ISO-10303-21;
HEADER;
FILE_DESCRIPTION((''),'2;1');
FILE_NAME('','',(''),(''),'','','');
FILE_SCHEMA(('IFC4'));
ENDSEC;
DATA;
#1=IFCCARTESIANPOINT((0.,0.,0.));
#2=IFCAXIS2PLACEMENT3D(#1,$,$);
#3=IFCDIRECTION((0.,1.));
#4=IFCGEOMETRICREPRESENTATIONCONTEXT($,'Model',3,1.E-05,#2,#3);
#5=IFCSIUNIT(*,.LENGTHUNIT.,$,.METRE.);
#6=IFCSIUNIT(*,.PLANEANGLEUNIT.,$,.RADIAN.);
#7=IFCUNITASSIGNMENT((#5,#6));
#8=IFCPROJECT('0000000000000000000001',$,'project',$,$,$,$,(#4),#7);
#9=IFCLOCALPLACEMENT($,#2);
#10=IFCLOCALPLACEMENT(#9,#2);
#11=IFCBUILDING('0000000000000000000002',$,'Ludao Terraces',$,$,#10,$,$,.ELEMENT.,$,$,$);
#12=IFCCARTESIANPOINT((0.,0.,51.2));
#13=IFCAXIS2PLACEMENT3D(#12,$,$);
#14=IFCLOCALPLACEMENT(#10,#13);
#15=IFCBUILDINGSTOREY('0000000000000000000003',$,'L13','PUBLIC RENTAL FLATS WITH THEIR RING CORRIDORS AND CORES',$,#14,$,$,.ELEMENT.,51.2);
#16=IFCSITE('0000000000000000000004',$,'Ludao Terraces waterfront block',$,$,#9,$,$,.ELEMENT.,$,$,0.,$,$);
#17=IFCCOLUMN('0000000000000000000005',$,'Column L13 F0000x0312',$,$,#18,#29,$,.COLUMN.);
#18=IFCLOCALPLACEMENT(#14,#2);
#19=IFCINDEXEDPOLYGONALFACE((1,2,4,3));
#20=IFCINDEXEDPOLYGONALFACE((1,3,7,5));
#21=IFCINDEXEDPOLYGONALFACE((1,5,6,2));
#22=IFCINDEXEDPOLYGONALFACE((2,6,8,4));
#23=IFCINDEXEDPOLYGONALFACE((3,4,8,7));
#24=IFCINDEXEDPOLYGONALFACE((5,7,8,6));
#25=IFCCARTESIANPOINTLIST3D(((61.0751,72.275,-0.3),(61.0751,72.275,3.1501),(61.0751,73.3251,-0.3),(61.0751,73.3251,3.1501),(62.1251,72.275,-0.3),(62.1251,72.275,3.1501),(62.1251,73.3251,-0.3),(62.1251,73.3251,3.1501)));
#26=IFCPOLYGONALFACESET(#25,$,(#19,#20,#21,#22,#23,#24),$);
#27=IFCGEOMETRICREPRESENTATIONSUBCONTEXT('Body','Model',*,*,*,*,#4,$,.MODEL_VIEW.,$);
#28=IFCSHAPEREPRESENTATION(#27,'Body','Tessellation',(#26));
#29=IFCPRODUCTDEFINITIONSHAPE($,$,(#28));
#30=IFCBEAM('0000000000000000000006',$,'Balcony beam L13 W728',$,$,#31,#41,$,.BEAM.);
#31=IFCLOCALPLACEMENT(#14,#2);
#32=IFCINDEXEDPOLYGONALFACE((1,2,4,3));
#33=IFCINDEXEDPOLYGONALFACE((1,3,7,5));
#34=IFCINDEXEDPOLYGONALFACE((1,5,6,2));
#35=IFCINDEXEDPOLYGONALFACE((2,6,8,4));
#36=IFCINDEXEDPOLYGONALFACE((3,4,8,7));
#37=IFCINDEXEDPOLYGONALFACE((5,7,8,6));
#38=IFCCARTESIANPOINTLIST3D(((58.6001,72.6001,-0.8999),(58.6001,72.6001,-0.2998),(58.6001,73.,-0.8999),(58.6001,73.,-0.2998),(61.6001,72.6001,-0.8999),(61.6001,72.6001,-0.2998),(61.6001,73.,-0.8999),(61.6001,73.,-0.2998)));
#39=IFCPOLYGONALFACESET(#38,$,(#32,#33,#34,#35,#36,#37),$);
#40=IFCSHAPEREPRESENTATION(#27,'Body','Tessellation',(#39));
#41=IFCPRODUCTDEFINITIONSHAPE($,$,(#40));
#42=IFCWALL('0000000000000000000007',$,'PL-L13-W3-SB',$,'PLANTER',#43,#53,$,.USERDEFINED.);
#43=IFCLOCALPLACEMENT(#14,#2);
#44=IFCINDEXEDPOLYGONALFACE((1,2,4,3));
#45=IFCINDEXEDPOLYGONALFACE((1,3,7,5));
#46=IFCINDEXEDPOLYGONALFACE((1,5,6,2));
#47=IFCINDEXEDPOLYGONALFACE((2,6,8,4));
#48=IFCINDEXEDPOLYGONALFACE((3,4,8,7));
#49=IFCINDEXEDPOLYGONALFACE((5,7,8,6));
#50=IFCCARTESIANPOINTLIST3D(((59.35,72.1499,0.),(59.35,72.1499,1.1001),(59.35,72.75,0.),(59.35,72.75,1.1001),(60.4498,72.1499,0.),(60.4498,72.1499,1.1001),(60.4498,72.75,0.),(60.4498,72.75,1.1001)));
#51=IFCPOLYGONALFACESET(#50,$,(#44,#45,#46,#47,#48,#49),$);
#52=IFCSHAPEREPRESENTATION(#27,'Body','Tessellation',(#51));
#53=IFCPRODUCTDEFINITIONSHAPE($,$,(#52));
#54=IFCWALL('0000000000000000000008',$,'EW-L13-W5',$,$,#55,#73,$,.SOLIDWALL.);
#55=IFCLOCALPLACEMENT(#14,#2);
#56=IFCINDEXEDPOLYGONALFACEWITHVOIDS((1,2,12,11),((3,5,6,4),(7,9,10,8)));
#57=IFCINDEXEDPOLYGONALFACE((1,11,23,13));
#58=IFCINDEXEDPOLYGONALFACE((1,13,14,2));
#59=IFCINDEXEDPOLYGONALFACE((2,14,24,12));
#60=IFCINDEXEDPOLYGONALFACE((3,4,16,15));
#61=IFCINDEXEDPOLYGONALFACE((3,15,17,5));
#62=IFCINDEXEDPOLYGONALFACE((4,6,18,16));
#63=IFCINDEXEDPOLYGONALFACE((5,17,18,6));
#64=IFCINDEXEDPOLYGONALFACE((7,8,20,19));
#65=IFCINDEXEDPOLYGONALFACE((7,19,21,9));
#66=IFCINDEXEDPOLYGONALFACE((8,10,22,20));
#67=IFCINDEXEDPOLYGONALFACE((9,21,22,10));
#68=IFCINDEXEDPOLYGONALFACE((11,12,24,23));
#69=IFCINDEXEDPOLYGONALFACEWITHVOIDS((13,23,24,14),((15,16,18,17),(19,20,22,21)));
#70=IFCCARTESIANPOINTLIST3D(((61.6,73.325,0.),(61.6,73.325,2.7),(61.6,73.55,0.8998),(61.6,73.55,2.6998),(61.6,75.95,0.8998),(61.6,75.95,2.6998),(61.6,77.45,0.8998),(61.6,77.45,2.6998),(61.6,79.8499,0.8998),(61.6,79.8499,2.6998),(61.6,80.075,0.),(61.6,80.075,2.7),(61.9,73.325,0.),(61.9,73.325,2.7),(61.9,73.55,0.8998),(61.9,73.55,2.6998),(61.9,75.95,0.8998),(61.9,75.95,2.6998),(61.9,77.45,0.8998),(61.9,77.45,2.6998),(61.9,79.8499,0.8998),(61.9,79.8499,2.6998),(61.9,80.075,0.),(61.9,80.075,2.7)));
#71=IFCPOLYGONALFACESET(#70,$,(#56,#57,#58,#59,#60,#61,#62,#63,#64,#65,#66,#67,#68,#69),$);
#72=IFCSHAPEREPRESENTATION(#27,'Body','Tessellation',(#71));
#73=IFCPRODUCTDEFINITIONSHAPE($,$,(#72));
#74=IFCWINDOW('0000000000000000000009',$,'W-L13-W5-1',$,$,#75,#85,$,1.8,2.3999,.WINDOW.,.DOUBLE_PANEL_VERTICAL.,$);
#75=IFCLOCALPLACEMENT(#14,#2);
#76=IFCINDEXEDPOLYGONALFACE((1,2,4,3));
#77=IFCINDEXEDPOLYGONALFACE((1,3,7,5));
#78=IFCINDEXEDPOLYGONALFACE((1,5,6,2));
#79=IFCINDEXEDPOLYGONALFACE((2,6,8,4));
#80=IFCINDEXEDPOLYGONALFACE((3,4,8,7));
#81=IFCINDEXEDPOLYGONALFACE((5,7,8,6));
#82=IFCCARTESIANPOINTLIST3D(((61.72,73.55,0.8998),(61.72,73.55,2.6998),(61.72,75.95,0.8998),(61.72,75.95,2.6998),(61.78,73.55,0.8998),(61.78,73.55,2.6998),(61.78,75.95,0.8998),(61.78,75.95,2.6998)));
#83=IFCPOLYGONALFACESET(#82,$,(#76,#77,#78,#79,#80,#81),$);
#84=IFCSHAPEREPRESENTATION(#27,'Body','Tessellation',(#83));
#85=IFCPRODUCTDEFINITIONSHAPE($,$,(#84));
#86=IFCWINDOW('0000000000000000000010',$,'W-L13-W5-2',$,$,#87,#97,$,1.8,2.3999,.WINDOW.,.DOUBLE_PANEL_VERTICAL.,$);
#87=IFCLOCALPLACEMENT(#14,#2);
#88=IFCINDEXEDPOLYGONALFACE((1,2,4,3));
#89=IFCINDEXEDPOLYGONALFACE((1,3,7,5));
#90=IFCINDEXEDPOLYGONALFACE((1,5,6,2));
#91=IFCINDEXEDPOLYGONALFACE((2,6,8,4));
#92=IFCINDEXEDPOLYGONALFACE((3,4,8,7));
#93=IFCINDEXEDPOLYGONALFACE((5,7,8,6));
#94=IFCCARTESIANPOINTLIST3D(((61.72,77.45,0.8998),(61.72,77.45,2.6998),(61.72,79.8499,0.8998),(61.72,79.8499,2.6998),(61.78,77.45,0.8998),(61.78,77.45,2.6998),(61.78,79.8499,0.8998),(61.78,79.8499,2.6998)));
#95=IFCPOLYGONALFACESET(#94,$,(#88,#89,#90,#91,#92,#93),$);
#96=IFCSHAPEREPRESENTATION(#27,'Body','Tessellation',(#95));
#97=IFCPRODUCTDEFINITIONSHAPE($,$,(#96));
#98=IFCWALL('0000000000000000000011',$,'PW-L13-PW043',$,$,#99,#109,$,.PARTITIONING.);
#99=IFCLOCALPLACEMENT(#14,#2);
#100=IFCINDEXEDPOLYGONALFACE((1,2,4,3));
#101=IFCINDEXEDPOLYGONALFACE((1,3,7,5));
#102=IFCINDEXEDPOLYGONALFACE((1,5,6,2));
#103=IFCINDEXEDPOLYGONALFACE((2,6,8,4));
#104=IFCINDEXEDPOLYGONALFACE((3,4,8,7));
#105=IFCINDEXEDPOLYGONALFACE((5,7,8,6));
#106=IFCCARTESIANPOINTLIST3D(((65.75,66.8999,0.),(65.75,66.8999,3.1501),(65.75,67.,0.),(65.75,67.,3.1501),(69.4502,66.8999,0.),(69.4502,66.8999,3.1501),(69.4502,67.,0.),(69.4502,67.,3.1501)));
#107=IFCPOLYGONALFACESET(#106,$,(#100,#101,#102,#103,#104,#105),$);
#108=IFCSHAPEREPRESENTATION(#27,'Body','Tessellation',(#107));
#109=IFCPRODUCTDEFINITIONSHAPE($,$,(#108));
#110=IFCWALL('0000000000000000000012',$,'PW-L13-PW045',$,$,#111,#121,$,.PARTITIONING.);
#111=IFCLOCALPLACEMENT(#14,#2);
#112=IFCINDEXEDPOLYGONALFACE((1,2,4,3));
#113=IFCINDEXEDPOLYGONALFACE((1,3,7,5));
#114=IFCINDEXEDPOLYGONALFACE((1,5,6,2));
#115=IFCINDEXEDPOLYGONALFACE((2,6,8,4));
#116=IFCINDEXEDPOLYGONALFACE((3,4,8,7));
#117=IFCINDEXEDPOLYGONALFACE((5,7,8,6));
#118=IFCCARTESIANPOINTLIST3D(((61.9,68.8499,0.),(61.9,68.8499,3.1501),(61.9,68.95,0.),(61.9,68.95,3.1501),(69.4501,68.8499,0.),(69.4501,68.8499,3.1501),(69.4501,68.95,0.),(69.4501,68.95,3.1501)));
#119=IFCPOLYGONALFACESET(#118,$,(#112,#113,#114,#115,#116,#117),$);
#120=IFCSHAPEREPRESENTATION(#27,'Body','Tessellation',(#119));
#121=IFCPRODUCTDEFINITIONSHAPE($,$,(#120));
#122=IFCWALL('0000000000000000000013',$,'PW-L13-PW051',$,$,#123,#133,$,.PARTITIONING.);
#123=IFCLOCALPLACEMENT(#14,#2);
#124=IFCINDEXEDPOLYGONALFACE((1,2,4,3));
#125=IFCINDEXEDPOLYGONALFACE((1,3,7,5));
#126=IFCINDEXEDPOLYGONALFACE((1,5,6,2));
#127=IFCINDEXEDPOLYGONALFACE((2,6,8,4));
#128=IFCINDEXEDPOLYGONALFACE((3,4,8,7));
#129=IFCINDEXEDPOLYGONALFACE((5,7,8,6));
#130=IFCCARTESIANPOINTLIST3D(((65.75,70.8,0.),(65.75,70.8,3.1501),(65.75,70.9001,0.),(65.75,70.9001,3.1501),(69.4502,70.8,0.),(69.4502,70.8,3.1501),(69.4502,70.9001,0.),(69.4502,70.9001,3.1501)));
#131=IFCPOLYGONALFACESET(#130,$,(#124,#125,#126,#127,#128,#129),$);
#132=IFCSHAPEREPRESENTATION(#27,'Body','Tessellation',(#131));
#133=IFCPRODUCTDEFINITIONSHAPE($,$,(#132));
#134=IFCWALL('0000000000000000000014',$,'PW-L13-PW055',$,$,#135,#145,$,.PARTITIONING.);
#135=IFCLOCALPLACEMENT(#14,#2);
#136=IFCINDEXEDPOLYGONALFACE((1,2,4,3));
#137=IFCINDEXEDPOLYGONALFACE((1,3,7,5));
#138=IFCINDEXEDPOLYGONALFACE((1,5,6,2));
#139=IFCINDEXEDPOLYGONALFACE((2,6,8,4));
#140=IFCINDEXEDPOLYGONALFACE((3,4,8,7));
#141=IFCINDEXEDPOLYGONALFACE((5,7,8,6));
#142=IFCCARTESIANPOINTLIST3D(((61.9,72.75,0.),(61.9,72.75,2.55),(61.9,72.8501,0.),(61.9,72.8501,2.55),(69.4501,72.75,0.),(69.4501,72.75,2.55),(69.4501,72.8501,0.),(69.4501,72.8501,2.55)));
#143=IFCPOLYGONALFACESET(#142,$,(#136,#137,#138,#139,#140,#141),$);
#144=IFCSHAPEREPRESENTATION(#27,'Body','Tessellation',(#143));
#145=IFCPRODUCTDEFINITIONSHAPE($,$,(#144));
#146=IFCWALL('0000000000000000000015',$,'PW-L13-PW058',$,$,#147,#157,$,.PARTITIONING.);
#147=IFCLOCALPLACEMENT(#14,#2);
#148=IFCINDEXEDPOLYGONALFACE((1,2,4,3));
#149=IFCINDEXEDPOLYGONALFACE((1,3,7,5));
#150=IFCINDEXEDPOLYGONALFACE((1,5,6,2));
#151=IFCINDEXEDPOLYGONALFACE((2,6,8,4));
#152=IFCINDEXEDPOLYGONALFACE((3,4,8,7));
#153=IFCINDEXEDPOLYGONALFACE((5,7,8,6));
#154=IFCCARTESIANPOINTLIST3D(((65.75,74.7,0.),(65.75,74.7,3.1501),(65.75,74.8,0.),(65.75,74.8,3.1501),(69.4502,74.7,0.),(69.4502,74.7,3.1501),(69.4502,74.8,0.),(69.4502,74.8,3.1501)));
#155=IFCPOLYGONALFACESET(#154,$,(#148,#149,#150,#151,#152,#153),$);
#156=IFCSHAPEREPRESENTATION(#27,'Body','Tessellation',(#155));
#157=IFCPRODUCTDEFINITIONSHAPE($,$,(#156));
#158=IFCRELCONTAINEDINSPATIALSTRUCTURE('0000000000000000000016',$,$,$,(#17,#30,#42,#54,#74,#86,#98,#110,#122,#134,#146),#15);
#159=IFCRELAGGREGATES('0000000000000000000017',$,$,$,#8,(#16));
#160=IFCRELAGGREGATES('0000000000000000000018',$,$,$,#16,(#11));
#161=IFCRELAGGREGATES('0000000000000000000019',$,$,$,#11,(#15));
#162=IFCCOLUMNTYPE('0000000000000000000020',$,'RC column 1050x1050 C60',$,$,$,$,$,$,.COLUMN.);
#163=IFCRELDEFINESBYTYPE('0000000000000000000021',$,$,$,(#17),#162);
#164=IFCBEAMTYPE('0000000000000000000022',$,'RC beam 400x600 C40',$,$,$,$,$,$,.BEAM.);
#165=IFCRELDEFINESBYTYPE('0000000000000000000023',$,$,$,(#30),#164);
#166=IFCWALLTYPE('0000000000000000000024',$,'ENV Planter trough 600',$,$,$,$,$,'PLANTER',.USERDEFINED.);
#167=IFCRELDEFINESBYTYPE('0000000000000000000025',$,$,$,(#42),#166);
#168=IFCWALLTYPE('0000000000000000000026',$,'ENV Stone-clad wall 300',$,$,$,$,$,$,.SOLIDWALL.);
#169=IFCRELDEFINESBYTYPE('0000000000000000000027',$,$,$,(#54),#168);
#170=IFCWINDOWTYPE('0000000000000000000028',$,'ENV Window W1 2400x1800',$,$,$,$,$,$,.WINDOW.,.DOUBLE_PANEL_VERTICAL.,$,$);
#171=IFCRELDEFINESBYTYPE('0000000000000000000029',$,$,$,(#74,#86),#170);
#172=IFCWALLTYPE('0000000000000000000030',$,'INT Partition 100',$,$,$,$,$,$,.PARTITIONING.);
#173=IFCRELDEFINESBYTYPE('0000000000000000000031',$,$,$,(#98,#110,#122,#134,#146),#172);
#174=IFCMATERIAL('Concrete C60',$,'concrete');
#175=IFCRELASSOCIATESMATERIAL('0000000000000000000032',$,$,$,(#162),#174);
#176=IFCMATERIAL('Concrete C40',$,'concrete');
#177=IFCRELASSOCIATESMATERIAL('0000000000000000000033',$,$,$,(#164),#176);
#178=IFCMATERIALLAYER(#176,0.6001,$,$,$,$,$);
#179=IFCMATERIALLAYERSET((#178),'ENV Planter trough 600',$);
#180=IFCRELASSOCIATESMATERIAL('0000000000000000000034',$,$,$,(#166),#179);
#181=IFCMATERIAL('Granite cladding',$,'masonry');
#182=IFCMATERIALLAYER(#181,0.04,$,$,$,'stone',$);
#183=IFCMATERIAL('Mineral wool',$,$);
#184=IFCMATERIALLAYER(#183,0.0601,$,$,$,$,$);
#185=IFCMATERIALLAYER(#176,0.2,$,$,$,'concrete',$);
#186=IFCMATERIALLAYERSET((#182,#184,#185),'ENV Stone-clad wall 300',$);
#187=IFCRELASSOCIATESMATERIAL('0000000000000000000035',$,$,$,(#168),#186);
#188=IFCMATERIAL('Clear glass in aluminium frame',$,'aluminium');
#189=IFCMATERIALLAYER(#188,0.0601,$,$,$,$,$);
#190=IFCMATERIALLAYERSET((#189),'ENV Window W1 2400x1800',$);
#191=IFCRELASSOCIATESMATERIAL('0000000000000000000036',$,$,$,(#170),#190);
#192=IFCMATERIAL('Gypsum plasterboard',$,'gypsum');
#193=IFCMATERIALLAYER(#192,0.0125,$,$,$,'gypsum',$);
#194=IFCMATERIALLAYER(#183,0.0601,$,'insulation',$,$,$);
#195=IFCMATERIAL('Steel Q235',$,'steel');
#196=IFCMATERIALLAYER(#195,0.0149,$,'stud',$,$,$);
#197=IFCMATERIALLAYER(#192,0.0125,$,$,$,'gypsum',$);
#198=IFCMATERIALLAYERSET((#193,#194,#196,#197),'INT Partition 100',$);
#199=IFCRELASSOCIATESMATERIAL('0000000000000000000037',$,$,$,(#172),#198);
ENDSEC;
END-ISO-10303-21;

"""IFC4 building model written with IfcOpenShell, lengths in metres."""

from ifc_helpers import new_model, si_unit, direction, frame, frame_2d, origin, origin_2d, place, context, subcontext, project, spatial, rectangle, extrude, material, layer, layer_set, material_profile, profile_set, type_object, element, fill, save


model = new_model("IFC4")

# Units and contexts
model_context = context("Model", 3, precision=1e-05, world=origin(), true_north=direction((0.0, 1.0)))
body_context = subcontext(model_context, "Body", "Model", "MODEL_VIEW")
ifc_project = project(units=[si_unit("LENGTHUNIT", "METRE"), si_unit("PLANEANGLEUNIT", "RADIAN")], contexts=[model_context])

# Site, building, storey
site_placement = place(None, origin())
site = spatial("IfcSite", under=ifc_project, at=site_placement, Name="Ludao Terraces waterfront block", CompositionType="ELEMENT", RefElevation=0.0)
building_placement = place(site_placement, origin())
building = spatial("IfcBuilding", under=site, at=building_placement, Name="Ludao Terraces", CompositionType="ELEMENT")
storey_placement = place(building_placement, frame((0.0, 0.0, 51.2)))
storey = spatial("IfcBuildingStorey", under=building, at=storey_placement, Name="L13", Description="PUBLIC RENTAL FLATS WITH THEIR RING CORRIDORS AND CORES", CompositionType="ELEMENT", Elevation=51.2)

# Column
ifc_material_1 = material(Name="Concrete C60", Category="concrete")
ifc_material_profile_1 = material_profile(ifc_material_1, rectangle(XDim=1.05, YDim=1.05, at=origin_2d()), Name="1050 X 1050")
ifc_profile_set_1 = profile_set([ifc_material_profile_1], Name="Concrete C60")
column_type = type_object("IfcColumnType", Name="RC column 1050x1050 C60", PredefinedType="COLUMN", material=ifc_profile_set_1)
column_placement = place(storey_placement, frame((61.6001, 72.8, -0.3), z_axis=(0.0, 0.0, 1.0), x_axis=(1.0, 0.0, 0.0)))
element("IfcColumn", 1, at=column_placement, inside=storey, type_object=column_type, Name="Column L13 F0000x0312", PredefinedType="COLUMN", context=body_context, shape_type="SweptSolid", body=[
    extrude(rectangle(XDim=1.05, YDim=1.05, at=origin_2d()), origin(), (0.0, 0.0, 1.0), 3.4502),
])

# Beam
ifc_material_2 = material(Name="Concrete C40", Category="concrete")
ifc_material_profile_2 = material_profile(ifc_material_2, rectangle(XDim=0.3999, YDim=0.6001, at=origin_2d()), Name="400 X 600")
ifc_profile_set_2 = profile_set([ifc_material_profile_2], Name="Concrete C40")
beam_type = type_object("IfcBeamType", Name="RC beam 400x600 C40", PredefinedType="BEAM", material=ifc_profile_set_2)
beam_placement = place(storey_placement, frame((61.6001, 72.8, -0.5999), z_axis=(-1.0, 0.0, 0.0), x_axis=(0.0, -1.0, 0.0)))
element("IfcBeam", 2, at=beam_placement, inside=storey, type_object=beam_type, Name="Balcony beam L13 W728", PredefinedType="BEAM", context=body_context, shape_type="SweptSolid", body=[
    extrude(rectangle(XDim=0.3999, YDim=0.6001, at=origin_2d()), origin(), (0.0, 0.0, 1.0), 3.0),
])

# Wall
ifc_layer_1 = layer(ifc_material_2, 0.6001)
ifc_layer_set_1 = layer_set([ifc_layer_1], Name="ENV Planter trough 600")
wall_type_1 = type_object("IfcWallType", Name="ENV Planter trough 600", ElementType="PLANTER", PredefinedType="USERDEFINED", material=ifc_layer_set_1)
wall_1_placement = place(storey_placement, frame((59.3501, 72.45, 0.0), z_axis=(0.0, 0.0, 1.0), x_axis=(1.0, 0.0, 0.0)))
element("IfcWall", 3, at=wall_1_placement, inside=storey, type_object=wall_type_1, Name="PL-L13-W3-SB", ObjectType="PLANTER", PredefinedType="USERDEFINED", context=body_context, shape_type="SweptSolid", body=[
    extrude(rectangle(XDim=1.0999, YDim=0.6001, at=frame_2d((0.5498, 0.0))), origin(), (0.0, 0.0, 1.0), 1.1001),
])

# Wall, openings, windows
ifc_material_3 = material(Name="Granite cladding", Category="masonry")
ifc_layer_2 = layer(ifc_material_3, 0.04, Category="stone")
ifc_material_4 = material(Name="Mineral wool")
ifc_layer_3 = layer(ifc_material_4, 0.0601)
ifc_layer_4 = layer(ifc_material_2, 0.2, Category="concrete")
ifc_layer_set_2 = layer_set([ifc_layer_2, ifc_layer_3, ifc_layer_4], Name="ENV Stone-clad wall 300")
wall_type_2 = type_object("IfcWallType", Name="ENV Stone-clad wall 300", PredefinedType="SOLIDWALL", material=ifc_layer_set_2)
wall_2_placement = place(storey_placement, frame((61.75, 73.325, 0.0), z_axis=(0.0, 0.0, 1.0), x_axis=(0.0, 1.0, 0.0)))
wall_2 = element("IfcWall", 4, at=wall_2_placement, inside=storey, type_object=wall_type_2, Name="EW-L13-W5", PredefinedType="SOLIDWALL", context=body_context, shape_type="SweptSolid", body=[
    extrude(rectangle(XDim=6.75, YDim=0.3, at=frame_2d((3.375, 0.0))), origin(), (0.0, 0.0, 1.0), 2.7),
])
opening_1_placement = place(wall_2_placement, frame((0.2251, 0.0, 0.8999)))
opening_1 = element("IfcOpeningElement", 5, at=opening_1_placement, cuts=wall_2, PredefinedType="OPENING", context=body_context, shape_type="SweptSolid", body=[
    extrude(rectangle(XDim=2.3999, YDim=1.8, at=frame_2d((1.2, 0.8999))), frame((0.0, 0.1602, 0.0), z_axis=(0.0, -1.0, 0.0), x_axis=(1.0, 0.0, 0.0)), (0.0, 0.0, 1.0), 0.3201),
])
opening_2_placement = place(wall_2_placement, frame((4.125, 0.0, 0.8999)))
opening_2 = element("IfcOpeningElement", 6, at=opening_2_placement, cuts=wall_2, PredefinedType="OPENING", context=body_context, shape_type="SweptSolid", body=[
    extrude(rectangle(XDim=2.3999, YDim=1.8, at=frame_2d((1.2, 0.8999))), frame((0.0, 0.1602, 0.0), z_axis=(0.0, -1.0, 0.0), x_axis=(1.0, 0.0, 0.0)), (0.0, 0.0, 1.0), 0.3201),
])
ifc_material_5 = material(Name="Clear glass in aluminium frame", Category="aluminium")
ifc_layer_5 = layer(ifc_material_5, 0.0601)
ifc_layer_set_3 = layer_set([ifc_layer_5], Name="ENV Window W1 2400x1800")
window_type = type_object("IfcWindowType", Name="ENV Window W1 2400x1800", PartitioningType="DOUBLE_PANEL_VERTICAL", PredefinedType="WINDOW", material=ifc_layer_set_3)
window_1_placement = place(opening_1_placement, origin())
window_1 = element("IfcWindow", 7, at=window_1_placement, inside=storey, type_object=window_type, Name="W-L13-W5-1", OverallHeight=1.8, OverallWidth=2.3999, PartitioningType="DOUBLE_PANEL_VERTICAL", PredefinedType="WINDOW", context=body_context, shape_type="SweptSolid", body=[
    extrude(rectangle(XDim=2.3999, YDim=1.8, at=frame_2d((1.2, 0.8999))), frame((0.0, 0.03, 0.0), z_axis=(0.0, -1.0, 0.0), x_axis=(1.0, 0.0, 0.0)), (0.0, 0.0, 1.0), 0.0601),
])
fill(opening_1, window_1)
window_2_placement = place(opening_2_placement, origin())
window_2 = element("IfcWindow", 8, at=window_2_placement, inside=storey, type_object=window_type, Name="W-L13-W5-2", OverallHeight=1.8, OverallWidth=2.3999, PartitioningType="DOUBLE_PANEL_VERTICAL", PredefinedType="WINDOW", context=body_context, shape_type="SweptSolid", body=[
    extrude(rectangle(XDim=2.3999, YDim=1.8, at=frame_2d((1.2, 0.8999))), frame((0.0, 0.03, 0.0), z_axis=(0.0, -1.0, 0.0), x_axis=(1.0, 0.0, 0.0)), (0.0, 0.0, 1.0), 0.0601),
])
fill(opening_2, window_2)

# Walls
ifc_material_6 = material(Name="Gypsum plasterboard", Category="gypsum")
ifc_layer_6 = layer(ifc_material_6, 0.0125, Category="gypsum")
ifc_layer_7 = layer(ifc_material_4, 0.0601, Name="insulation")
ifc_material_7 = material(Name="Steel Q235", Category="steel")
ifc_layer_8 = layer(ifc_material_7, 0.0149, Name="stud")
ifc_layer_9 = layer(ifc_material_6, 0.0125, Category="gypsum")
ifc_layer_set_4 = layer_set([ifc_layer_6, ifc_layer_7, ifc_layer_8, ifc_layer_9], Name="INT Partition 100")
wall_type_3 = type_object("IfcWallType", Name="INT Partition 100", PredefinedType="PARTITIONING", material=ifc_layer_set_4)
wall_3_placement = place(storey_placement, frame((65.75, 66.95, 0.0), z_axis=(0.0, 0.0, 1.0), x_axis=(1.0, 0.0, 0.0)))
element("IfcWall", 9, at=wall_3_placement, inside=storey, type_object=wall_type_3, Name="PW-L13-PW043", PredefinedType="PARTITIONING", context=body_context, shape_type="SweptSolid", body=[
    extrude(rectangle(XDim=3.7002, YDim=0.1001, at=frame_2d((1.8501, 0.0))), origin(), (0.0, 0.0, 1.0), 3.1501),
])
wall_4_placement = place(storey_placement, frame((61.9001, 68.8999, 0.0), z_axis=(0.0, 0.0, 1.0), x_axis=(1.0, 0.0, 0.0)))
element("IfcWall", 10, at=wall_4_placement, inside=storey, type_object=wall_type_3, Name="PW-L13-PW045", PredefinedType="PARTITIONING", context=body_context, shape_type="SweptSolid", body=[
    extrude(rectangle(XDim=7.55, YDim=0.1001, at=frame_2d((3.7749, 0.0))), origin(), (0.0, 0.0, 1.0), 3.1501),
])
wall_5_placement = place(storey_placement, frame((65.75, 70.8501, 0.0), z_axis=(0.0, 0.0, 1.0), x_axis=(1.0, 0.0, 0.0)))
element("IfcWall", 11, at=wall_5_placement, inside=storey, type_object=wall_type_3, Name="PW-L13-PW051", PredefinedType="PARTITIONING", context=body_context, shape_type="SweptSolid", body=[
    extrude(rectangle(XDim=3.7002, YDim=0.1001, at=frame_2d((1.8501, 0.0))), origin(), (0.0, 0.0, 1.0), 3.1501),
])
wall_6_placement = place(storey_placement, frame((61.9001, 72.8, 0.0), z_axis=(0.0, 0.0, 1.0), x_axis=(1.0, 0.0, 0.0)))
element("IfcWall", 12, at=wall_6_placement, inside=storey, type_object=wall_type_3, Name="PW-L13-PW055", PredefinedType="PARTITIONING", context=body_context, shape_type="SweptSolid", body=[
    extrude(rectangle(XDim=7.55, YDim=0.1001, at=frame_2d((3.7749, 0.0))), origin(), (0.0, 0.0, 1.0), 2.55),
])
wall_7_placement = place(storey_placement, frame((65.75, 74.75, 0.0), z_axis=(0.0, 0.0, 1.0), x_axis=(1.0, 0.0, 0.0)))
element("IfcWall", 13, at=wall_7_placement, inside=storey, type_object=wall_type_3, Name="PW-L13-PW058", PredefinedType="PARTITIONING", context=body_context, shape_type="SweptSolid", body=[
    extrude(rectangle(XDim=3.7002, YDim=0.1001, at=frame_2d((1.8501, 0.0))), origin(), (0.0, 0.0, 1.0), 3.1501),
])

save(model, "model.ifc")
